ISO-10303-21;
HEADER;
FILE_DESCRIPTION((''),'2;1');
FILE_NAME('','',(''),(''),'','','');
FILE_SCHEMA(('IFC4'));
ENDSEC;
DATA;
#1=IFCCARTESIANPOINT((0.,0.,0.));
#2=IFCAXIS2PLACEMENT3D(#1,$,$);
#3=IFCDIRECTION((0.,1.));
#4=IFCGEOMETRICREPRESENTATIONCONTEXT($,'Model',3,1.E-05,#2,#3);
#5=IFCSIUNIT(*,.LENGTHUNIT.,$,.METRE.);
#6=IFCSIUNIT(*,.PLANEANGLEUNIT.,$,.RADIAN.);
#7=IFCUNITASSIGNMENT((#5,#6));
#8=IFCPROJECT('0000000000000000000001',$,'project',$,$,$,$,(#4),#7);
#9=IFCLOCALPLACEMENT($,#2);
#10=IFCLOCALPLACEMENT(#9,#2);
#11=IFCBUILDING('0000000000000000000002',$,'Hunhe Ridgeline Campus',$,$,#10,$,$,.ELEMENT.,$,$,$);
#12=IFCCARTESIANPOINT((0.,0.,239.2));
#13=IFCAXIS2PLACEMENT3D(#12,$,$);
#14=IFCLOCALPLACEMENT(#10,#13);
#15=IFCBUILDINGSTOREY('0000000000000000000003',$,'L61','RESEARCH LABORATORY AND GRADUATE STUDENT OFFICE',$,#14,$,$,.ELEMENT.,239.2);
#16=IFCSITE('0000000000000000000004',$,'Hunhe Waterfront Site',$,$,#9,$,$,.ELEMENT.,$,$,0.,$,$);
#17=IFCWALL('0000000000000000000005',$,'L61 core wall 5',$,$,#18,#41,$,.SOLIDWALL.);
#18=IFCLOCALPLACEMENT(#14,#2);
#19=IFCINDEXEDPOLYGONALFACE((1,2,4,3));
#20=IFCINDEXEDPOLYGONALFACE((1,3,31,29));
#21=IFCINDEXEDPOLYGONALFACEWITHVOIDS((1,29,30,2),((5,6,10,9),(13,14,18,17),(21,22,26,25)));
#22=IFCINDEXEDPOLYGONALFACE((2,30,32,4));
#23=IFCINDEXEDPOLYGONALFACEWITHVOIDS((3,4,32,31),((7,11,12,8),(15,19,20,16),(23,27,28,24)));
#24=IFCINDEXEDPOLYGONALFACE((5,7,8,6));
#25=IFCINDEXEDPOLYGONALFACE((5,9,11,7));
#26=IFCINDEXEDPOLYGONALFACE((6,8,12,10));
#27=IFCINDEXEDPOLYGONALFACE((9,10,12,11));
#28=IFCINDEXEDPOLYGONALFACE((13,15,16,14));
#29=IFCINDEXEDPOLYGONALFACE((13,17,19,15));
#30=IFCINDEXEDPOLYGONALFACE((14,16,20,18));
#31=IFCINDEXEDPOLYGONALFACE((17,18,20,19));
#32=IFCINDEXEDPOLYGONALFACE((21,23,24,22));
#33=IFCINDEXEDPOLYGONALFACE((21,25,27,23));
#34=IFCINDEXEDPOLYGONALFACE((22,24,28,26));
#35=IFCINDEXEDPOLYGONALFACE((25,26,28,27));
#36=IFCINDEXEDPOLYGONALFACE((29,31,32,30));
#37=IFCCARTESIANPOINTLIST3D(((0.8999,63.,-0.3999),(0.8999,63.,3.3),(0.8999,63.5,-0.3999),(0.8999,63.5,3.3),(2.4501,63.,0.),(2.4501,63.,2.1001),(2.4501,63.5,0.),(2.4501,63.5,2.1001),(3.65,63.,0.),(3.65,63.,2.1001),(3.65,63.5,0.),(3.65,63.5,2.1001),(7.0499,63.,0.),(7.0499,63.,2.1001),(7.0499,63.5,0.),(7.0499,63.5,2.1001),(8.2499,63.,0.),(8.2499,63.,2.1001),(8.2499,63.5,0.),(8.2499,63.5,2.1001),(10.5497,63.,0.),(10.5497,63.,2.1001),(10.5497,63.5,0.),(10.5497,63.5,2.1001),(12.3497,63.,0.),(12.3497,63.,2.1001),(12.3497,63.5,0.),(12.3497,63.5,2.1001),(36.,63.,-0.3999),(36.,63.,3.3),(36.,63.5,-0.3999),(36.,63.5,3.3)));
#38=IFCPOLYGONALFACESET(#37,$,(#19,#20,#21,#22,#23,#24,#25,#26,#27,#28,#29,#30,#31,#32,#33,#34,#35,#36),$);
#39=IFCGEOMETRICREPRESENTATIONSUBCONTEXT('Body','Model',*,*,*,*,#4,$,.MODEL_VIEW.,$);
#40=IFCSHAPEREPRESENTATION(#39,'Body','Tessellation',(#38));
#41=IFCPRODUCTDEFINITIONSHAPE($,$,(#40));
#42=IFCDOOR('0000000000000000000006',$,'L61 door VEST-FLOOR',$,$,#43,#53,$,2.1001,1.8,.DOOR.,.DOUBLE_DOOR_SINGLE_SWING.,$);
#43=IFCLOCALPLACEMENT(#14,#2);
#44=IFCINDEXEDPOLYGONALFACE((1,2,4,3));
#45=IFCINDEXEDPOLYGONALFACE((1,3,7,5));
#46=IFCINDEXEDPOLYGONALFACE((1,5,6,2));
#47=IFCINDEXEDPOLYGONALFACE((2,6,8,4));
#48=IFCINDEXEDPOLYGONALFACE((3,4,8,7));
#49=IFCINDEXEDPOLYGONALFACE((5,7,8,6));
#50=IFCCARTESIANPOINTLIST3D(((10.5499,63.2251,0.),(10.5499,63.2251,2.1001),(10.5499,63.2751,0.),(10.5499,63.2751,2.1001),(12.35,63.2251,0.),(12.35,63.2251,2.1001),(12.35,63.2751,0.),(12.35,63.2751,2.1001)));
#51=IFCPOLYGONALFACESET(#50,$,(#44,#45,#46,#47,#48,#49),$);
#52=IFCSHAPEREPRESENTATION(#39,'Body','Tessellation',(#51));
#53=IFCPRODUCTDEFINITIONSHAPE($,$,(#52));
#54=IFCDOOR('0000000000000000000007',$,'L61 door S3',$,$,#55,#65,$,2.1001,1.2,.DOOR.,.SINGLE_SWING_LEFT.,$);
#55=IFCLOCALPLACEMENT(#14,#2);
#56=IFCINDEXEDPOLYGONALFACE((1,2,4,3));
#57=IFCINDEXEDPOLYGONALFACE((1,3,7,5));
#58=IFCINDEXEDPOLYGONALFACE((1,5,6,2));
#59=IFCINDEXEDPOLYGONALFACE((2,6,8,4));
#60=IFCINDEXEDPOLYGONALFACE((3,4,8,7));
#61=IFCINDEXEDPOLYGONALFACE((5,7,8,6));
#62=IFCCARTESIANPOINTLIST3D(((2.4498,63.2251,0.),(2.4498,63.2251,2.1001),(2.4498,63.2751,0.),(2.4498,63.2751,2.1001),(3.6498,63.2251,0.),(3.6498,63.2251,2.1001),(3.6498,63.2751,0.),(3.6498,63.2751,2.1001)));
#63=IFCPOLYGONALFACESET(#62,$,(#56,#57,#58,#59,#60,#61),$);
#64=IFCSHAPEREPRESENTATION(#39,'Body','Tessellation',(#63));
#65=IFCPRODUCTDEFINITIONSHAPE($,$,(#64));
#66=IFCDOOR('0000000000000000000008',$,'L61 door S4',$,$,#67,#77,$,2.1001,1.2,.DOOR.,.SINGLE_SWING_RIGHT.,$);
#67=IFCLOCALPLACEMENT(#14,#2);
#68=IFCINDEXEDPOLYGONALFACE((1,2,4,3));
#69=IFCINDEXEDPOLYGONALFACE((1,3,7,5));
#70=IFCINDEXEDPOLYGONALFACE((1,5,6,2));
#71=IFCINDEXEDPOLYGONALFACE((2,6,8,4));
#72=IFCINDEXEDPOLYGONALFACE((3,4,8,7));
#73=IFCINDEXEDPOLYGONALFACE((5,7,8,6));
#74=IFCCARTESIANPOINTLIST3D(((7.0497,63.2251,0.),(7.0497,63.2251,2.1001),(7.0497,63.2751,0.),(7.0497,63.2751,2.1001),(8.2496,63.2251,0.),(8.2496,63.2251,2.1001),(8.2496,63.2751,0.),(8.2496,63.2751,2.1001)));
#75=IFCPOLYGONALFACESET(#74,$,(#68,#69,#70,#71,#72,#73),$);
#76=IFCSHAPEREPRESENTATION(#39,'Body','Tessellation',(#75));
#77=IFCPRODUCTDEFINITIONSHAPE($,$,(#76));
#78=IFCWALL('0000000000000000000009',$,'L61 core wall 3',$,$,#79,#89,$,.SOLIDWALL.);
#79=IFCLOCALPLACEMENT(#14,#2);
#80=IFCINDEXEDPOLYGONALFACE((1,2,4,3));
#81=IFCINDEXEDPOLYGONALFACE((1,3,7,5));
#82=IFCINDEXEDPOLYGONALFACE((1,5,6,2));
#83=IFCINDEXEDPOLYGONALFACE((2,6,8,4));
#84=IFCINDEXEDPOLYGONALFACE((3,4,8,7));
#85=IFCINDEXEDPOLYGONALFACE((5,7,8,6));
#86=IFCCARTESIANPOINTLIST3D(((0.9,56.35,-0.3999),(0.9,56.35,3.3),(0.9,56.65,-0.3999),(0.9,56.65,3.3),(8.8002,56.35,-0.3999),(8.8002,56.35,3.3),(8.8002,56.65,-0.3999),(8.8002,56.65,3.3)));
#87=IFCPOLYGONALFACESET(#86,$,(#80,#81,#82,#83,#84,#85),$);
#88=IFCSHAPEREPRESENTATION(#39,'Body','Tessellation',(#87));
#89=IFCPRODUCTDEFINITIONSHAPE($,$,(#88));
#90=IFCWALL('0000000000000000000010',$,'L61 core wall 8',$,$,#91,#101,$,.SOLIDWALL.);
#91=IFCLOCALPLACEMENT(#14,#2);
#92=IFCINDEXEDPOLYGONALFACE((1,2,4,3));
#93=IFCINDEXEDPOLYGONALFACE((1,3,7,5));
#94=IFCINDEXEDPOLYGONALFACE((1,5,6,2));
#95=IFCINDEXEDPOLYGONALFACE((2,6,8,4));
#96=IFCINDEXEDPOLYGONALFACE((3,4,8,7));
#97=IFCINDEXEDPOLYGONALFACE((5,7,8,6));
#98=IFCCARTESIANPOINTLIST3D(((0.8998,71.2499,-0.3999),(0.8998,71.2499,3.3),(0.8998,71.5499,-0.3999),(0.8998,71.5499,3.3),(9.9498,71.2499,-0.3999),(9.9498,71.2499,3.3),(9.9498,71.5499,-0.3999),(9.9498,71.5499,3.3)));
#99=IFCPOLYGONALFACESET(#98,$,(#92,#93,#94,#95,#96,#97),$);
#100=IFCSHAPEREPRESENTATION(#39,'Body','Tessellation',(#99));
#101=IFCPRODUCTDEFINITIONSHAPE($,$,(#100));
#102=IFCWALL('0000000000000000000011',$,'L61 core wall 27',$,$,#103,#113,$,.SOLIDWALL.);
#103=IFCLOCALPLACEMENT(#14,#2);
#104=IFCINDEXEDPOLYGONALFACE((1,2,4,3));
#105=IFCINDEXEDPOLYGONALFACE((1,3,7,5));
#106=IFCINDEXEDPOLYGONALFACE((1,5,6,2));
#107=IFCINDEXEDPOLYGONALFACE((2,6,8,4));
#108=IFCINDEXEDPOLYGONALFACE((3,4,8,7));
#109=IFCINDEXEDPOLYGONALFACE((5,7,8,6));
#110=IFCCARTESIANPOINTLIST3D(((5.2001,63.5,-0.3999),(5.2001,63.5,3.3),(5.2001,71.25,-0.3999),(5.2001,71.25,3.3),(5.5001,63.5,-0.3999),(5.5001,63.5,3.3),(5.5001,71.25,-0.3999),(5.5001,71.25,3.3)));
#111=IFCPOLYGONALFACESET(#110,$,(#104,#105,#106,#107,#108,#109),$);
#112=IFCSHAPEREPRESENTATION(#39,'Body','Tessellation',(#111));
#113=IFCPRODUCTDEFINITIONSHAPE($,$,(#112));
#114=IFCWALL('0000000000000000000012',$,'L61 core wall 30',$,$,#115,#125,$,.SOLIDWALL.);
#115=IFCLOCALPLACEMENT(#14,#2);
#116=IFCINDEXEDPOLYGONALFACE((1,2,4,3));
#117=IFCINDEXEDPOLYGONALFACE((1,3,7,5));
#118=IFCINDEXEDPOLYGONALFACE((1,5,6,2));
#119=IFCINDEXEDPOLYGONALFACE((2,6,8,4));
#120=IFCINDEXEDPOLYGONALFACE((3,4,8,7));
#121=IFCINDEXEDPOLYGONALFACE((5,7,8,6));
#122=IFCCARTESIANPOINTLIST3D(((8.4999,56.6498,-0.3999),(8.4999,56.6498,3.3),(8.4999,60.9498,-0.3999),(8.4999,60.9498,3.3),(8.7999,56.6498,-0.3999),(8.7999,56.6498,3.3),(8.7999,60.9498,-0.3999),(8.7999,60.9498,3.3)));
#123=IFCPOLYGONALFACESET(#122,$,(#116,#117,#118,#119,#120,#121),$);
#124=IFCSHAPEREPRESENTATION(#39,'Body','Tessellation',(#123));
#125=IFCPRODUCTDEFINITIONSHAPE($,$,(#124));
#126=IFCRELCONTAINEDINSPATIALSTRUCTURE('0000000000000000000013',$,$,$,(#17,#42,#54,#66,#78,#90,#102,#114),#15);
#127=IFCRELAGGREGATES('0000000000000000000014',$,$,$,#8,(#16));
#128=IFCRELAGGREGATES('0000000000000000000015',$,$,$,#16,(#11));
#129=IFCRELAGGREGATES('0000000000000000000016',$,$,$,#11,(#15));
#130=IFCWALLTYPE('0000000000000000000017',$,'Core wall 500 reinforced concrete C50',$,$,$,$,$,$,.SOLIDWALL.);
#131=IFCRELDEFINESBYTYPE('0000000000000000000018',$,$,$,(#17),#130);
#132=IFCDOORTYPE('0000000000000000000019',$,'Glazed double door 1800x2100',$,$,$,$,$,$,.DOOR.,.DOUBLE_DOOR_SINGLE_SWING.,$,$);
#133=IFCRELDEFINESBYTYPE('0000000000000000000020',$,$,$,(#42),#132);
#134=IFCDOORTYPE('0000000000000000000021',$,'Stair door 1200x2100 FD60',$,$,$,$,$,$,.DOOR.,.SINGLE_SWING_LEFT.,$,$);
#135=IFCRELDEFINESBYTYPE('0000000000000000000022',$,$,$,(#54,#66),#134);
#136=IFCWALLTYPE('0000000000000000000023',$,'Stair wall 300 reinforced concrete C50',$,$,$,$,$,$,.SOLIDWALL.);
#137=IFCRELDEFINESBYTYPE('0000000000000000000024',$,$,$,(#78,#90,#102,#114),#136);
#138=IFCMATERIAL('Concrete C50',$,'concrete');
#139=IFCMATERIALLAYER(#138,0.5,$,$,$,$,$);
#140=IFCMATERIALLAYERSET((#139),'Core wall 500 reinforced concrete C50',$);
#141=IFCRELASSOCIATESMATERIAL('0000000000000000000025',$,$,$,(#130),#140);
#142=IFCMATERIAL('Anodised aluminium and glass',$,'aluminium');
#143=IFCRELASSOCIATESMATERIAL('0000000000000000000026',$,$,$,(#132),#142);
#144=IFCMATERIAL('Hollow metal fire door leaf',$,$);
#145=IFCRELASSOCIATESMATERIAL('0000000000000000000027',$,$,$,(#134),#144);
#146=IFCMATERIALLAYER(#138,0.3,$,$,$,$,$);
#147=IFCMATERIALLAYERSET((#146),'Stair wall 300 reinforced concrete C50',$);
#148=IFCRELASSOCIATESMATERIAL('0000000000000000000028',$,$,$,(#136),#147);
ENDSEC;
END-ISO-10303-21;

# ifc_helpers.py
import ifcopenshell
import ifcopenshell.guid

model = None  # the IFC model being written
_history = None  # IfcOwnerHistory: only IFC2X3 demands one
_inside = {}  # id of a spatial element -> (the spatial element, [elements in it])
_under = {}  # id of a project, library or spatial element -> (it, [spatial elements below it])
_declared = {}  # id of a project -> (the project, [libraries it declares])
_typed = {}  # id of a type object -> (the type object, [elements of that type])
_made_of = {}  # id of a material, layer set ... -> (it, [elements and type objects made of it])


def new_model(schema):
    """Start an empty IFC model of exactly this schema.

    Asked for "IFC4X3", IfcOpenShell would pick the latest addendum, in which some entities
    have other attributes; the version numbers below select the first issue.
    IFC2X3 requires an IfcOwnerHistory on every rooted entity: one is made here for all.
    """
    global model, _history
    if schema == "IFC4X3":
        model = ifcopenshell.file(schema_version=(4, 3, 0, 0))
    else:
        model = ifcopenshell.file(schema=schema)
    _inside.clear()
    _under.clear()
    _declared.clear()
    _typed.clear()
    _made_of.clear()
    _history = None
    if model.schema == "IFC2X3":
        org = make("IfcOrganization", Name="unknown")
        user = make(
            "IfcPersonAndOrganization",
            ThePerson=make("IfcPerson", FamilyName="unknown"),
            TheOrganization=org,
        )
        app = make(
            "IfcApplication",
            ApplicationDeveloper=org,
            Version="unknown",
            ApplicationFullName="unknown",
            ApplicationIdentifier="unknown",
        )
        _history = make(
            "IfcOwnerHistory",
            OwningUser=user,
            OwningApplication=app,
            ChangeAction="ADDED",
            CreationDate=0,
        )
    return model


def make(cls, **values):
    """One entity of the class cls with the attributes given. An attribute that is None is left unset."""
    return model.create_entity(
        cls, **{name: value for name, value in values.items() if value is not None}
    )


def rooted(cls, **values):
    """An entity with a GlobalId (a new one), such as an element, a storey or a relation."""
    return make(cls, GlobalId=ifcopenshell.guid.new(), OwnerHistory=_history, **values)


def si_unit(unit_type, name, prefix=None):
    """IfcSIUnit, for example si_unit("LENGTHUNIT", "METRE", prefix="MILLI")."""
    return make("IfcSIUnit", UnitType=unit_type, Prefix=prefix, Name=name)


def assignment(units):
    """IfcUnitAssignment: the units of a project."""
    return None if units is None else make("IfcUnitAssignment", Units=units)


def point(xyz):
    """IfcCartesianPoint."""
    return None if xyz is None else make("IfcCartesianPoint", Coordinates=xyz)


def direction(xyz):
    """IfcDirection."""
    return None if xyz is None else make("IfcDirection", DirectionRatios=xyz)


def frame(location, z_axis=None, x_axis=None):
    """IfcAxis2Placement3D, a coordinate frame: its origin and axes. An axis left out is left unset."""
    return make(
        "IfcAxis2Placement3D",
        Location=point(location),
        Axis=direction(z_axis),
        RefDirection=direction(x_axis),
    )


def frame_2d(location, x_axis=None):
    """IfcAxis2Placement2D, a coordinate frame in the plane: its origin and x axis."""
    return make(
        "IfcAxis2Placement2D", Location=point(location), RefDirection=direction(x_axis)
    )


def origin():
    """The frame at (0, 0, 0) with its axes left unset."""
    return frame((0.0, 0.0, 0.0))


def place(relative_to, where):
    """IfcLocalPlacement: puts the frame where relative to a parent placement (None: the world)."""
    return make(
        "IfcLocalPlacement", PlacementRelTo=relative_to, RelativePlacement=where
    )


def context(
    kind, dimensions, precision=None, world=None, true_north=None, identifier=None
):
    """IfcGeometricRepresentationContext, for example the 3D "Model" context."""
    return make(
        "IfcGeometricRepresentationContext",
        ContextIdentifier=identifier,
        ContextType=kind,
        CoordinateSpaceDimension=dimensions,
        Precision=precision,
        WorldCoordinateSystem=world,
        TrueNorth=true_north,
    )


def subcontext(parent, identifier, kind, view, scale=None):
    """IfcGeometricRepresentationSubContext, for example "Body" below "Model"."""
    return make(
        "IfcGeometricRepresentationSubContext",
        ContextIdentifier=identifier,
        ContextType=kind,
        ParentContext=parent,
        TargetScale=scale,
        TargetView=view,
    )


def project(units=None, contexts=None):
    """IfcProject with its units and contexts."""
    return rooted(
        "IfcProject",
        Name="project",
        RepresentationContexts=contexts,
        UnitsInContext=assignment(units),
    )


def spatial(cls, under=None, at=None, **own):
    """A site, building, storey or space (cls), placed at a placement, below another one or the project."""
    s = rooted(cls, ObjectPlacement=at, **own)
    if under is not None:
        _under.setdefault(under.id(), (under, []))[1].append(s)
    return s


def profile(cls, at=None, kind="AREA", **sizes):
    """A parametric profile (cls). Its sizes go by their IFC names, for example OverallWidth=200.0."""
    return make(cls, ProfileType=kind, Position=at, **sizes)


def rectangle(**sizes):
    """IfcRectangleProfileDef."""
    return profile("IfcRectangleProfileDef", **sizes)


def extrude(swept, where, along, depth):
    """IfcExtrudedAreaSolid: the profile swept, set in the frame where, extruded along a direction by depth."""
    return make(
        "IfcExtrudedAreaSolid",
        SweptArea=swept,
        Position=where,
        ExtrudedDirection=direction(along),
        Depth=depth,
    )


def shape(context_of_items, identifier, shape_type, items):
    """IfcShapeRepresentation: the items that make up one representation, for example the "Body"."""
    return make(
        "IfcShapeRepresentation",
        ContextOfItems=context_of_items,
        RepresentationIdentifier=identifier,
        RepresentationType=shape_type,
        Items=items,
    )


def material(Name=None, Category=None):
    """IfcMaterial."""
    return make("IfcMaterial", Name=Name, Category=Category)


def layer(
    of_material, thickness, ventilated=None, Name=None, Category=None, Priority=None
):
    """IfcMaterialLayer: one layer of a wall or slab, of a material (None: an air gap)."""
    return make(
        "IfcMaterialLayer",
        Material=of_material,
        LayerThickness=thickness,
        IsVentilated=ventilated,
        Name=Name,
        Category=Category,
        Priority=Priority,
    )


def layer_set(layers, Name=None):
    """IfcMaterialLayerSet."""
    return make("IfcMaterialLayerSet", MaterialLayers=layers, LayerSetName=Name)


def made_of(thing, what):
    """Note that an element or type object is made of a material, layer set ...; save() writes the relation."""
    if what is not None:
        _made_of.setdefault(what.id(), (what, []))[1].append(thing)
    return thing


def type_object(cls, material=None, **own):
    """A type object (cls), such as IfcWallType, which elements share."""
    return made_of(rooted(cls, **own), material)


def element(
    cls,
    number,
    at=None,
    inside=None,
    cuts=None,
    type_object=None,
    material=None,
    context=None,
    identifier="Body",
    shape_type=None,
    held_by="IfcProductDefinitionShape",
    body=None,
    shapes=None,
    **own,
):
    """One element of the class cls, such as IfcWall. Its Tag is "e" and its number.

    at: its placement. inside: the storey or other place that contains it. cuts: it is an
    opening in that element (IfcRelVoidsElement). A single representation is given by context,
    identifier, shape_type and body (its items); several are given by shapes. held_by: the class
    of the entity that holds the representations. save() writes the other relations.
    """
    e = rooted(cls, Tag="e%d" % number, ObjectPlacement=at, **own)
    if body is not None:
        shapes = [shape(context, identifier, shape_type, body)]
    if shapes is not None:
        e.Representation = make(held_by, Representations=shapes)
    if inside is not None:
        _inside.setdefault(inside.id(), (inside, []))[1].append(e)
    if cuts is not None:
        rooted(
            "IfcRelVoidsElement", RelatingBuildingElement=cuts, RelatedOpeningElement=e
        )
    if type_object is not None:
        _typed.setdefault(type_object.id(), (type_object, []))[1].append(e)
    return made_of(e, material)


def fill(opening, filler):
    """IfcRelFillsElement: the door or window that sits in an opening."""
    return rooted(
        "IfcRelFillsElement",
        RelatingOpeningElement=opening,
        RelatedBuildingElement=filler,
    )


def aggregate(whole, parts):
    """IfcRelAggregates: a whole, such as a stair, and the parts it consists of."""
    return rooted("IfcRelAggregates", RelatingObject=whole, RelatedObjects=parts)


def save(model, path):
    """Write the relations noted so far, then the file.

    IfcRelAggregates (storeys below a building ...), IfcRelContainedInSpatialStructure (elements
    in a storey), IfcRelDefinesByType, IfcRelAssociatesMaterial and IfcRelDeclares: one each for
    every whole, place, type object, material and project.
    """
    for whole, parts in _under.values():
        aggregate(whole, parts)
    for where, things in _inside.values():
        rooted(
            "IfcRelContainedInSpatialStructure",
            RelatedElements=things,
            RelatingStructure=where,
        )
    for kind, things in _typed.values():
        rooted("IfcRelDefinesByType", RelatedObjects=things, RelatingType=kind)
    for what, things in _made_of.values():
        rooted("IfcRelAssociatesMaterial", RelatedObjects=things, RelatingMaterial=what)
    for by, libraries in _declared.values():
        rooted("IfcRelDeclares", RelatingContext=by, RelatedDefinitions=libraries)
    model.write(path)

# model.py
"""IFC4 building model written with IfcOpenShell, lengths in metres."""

from ifc_helpers import new_model, si_unit, direction, frame, frame_2d, origin, place, context, subcontext, project, spatial, rectangle, extrude, material, layer, layer_set, type_object, element, fill, save


model = new_model("IFC4")

# Units and contexts
model_context = context("Model", 3, precision=1e-05, world=origin(), true_north=direction((0.0, 1.0)))
body_context = subcontext(model_context, "Body", "Model", "MODEL_VIEW")
ifc_project = project(units=[si_unit("LENGTHUNIT", "METRE"), si_unit("PLANEANGLEUNIT", "RADIAN")], contexts=[model_context])

# Site, building, storey
site_placement = place(None, origin())
site = spatial("IfcSite", under=ifc_project, at=site_placement, Name="Hunhe Waterfront Site", CompositionType="ELEMENT", RefElevation=0.0)
building_placement = place(site_placement, origin())
building = spatial("IfcBuilding", under=site, at=building_placement, Name="Hunhe Ridgeline Campus", CompositionType="ELEMENT")
storey_placement = place(building_placement, frame((0.0, 0.0, 239.2)))
storey = spatial("IfcBuildingStorey", under=building, at=storey_placement, Name="L61", Description="RESEARCH LABORATORY AND GRADUATE STUDENT OFFICE", CompositionType="ELEMENT", Elevation=239.2)

# Wall, openings, doors
ifc_material_1 = material(Name="Concrete C50", Category="concrete")
ifc_layer_1 = layer(ifc_material_1, 0.5)
ifc_layer_set_1 = layer_set([ifc_layer_1], Name="Core wall 500 reinforced concrete C50")
wall_type_1 = type_object("IfcWallType", Name="Core wall 500 reinforced concrete C50", PredefinedType="SOLIDWALL", material=ifc_layer_set_1)
wall_1_placement = place(storey_placement, frame((0.8999, 63.25, -0.3999), z_axis=(0.0, 0.0, 1.0), x_axis=(1.0, 0.0, 0.0)))
wall_1 = element("IfcWall", 1, at=wall_1_placement, inside=storey, type_object=wall_type_1, Name="L61 core wall 5", PredefinedType="SOLIDWALL", context=body_context, shape_type="SweptSolid", body=[
    extrude(rectangle(XDim=35.1001, YDim=0.5, at=frame_2d((17.55, 0.0))), origin(), (0.0, 0.0, 1.0), 3.7),
])
opening_1_placement = place(wall_1_placement, frame((9.6499, 0.0, 0.3999)))
opening_1 = element("IfcOpeningElement", 2, at=opening_1_placement, cuts=wall_1, PredefinedType="OPENING", context=body_context, shape_type="SweptSolid", body=[
    extrude(rectangle(XDim=1.8, YDim=2.1001, at=frame_2d((0.8999, 1.05))), frame((0.0, 0.25, 0.0), z_axis=(0.0, -1.0, 0.0), x_axis=(1.0, 0.0, 0.0)), (0.0, 0.0, 1.0), 0.5),
])
opening_2_placement = place(wall_1_placement, frame((1.55, 0.0, 0.3999)))
opening_2 = element("IfcOpeningElement", 3, at=opening_2_placement, cuts=wall_1, PredefinedType="OPENING", context=body_context, shape_type="SweptSolid", body=[
    extrude(rectangle(XDim=1.2, YDim=2.1001, at=frame_2d((0.6001, 1.05))), frame((0.0, 0.25, 0.0), z_axis=(0.0, -1.0, 0.0), x_axis=(1.0, 0.0, 0.0)), (0.0, 0.0, 1.0), 0.5),
])
opening_3_placement = place(wall_1_placement, frame((6.1499, 0.0, 0.3999)))
opening_3 = element("IfcOpeningElement", 4, at=opening_3_placement, cuts=wall_1, PredefinedType="OPENING", context=body_context, shape_type="SweptSolid", body=[
    extrude(rectangle(XDim=1.2, YDim=2.1001, at=frame_2d((0.6001, 1.05))), frame((0.0, 0.25, 0.0), z_axis=(0.0, -1.0, 0.0), x_axis=(1.0, 0.0, 0.0)), (0.0, 0.0, 1.0), 0.5),
])
ifc_material_2 = material(Name="Anodised aluminium and glass", Category="aluminium")
door_type_1 = type_object("IfcDoorType", Name="Glazed double door 1800x2100", OperationType="DOUBLE_DOOR_SINGLE_SWING", PredefinedType="DOOR", material=ifc_material_2)
door_1_placement = place(opening_1_placement, frame((1.8, 0.0, 0.0), z_axis=(0.0, 0.0, 1.0), x_axis=(-1.0, 0.0, 0.0)))
door_1 = element("IfcDoor", 5, at=door_1_placement, inside=storey, type_object=door_type_1, Name="L61 door VEST-FLOOR", OperationType="DOUBLE_DOOR_SINGLE_SWING", OverallHeight=2.1001, OverallWidth=1.8, PredefinedType="DOOR", context=body_context, shape_type="SweptSolid", body=[
    extrude(rectangle(XDim=1.8, YDim=2.1001, at=frame_2d((0.8999, 1.05))), frame((0.0, 0.0249, 0.0), z_axis=(0.0, -1.0, 0.0), x_axis=(1.0, 0.0, 0.0)), (0.0, 0.0, 1.0), 0.05),
])
fill(opening_1, door_1)
ifc_material_3 = material(Name="Hollow metal fire door leaf")
door_type_2 = type_object("IfcDoorType", Name="Stair door 1200x2100 FD60", OperationType="SINGLE_SWING_LEFT", PredefinedType="DOOR", material=ifc_material_3)
door_2_placement = place(opening_2_placement, frame((1.2, 0.0, 0.0), z_axis=(0.0, 0.0, 1.0), x_axis=(-1.0, 0.0, 0.0)))
door_2 = element("IfcDoor", 6, at=door_2_placement, inside=storey, type_object=door_type_2, Name="L61 door S3", OperationType="SINGLE_SWING_LEFT", OverallHeight=2.1001, OverallWidth=1.2, PredefinedType="DOOR", context=body_context, shape_type="SweptSolid", body=[
    extrude(rectangle(XDim=1.2, YDim=2.1001, at=frame_2d((0.6001, 1.05))), frame((0.0, 0.0249, 0.0), z_axis=(0.0, -1.0, 0.0), x_axis=(1.0, 0.0, 0.0)), (0.0, 0.0, 1.0), 0.05),
])
fill(opening_2, door_2)
door_3_placement = place(opening_3_placement, frame((1.2, 0.0, 0.0), z_axis=(0.0, 0.0, 1.0), x_axis=(-1.0, 0.0, 0.0)))
door_3 = element("IfcDoor", 7, at=door_3_placement, inside=storey, type_object=door_type_2, Name="L61 door S4", OperationType="SINGLE_SWING_RIGHT", OverallHeight=2.1001, OverallWidth=1.2, PredefinedType="DOOR", context=body_context, shape_type="SweptSolid", body=[
    extrude(rectangle(XDim=1.2, YDim=2.1001, at=frame_2d((0.6001, 1.05))), frame((0.0, 0.0249, 0.0), z_axis=(0.0, -1.0, 0.0), x_axis=(1.0, 0.0, 0.0)), (0.0, 0.0, 1.0), 0.05),
])
fill(opening_3, door_3)

# Wall
ifc_layer_2 = layer(ifc_material_1, 0.3)
ifc_layer_set_2 = layer_set([ifc_layer_2], Name="Stair wall 300 reinforced concrete C50")
wall_type_2 = type_object("IfcWallType", Name="Stair wall 300 reinforced concrete C50", PredefinedType="SOLIDWALL", material=ifc_layer_set_2)
wall_2_placement = place(storey_placement, frame((0.8999, 56.5, -0.3999), z_axis=(0.0, 0.0, 1.0), x_axis=(1.0, 0.0, 0.0)))
element("IfcWall", 8, at=wall_2_placement, inside=storey, type_object=wall_type_2, Name="L61 core wall 3", PredefinedType="SOLIDWALL", context=body_context, shape_type="SweptSolid", body=[
    extrude(rectangle(XDim=7.9001, YDim=0.3, at=frame_2d((3.9502, 0.0))), origin(), (0.0, 0.0, 1.0), 3.7),
])

# Walls
wall_3_placement = place(storey_placement, frame((0.8999, 71.3999, -0.3999), z_axis=(0.0, 0.0, 1.0), x_axis=(1.0, 0.0, 0.0)))
element("IfcWall", 9, at=wall_3_placement, inside=storey, type_object=wall_type_2, Name="L61 core wall 8", PredefinedType="SOLIDWALL", context=body_context, shape_type="SweptSolid", body=[
    extrude(rectangle(XDim=9.05, YDim=0.3, at=frame_2d((4.5249, 0.0))), origin(), (0.0, 0.0, 1.0), 3.7),
])
wall_4_placement = place(storey_placement, frame((5.3501, 63.5, -0.3999), z_axis=(0.0, 0.0, 1.0), x_axis=(0.0, 1.0, 0.0)))
element("IfcWall", 10, at=wall_4_placement, inside=storey, type_object=wall_type_2, Name="L61 core wall 27", PredefinedType="SOLIDWALL", context=body_context, shape_type="SweptSolid", body=[
    extrude(rectangle(XDim=7.75, YDim=0.3, at=frame_2d((3.875, 0.0))), origin(), (0.0, 0.0, 1.0), 3.7),
])
wall_5_placement = place(storey_placement, frame((8.6499, 56.6499, -0.3999), z_axis=(0.0, 0.0, 1.0), x_axis=(0.0, 1.0, 0.0)))
element("IfcWall", 11, at=wall_5_placement, inside=storey, type_object=wall_type_2, Name="L61 core wall 30", PredefinedType="SOLIDWALL", context=body_context, shape_type="SweptSolid", body=[
    extrude(rectangle(XDim=4.3, YDim=0.3, at=frame_2d((2.1499, 0.0))), origin(), (0.0, 0.0, 1.0), 3.7),
])

save(model, "model.ifc")
